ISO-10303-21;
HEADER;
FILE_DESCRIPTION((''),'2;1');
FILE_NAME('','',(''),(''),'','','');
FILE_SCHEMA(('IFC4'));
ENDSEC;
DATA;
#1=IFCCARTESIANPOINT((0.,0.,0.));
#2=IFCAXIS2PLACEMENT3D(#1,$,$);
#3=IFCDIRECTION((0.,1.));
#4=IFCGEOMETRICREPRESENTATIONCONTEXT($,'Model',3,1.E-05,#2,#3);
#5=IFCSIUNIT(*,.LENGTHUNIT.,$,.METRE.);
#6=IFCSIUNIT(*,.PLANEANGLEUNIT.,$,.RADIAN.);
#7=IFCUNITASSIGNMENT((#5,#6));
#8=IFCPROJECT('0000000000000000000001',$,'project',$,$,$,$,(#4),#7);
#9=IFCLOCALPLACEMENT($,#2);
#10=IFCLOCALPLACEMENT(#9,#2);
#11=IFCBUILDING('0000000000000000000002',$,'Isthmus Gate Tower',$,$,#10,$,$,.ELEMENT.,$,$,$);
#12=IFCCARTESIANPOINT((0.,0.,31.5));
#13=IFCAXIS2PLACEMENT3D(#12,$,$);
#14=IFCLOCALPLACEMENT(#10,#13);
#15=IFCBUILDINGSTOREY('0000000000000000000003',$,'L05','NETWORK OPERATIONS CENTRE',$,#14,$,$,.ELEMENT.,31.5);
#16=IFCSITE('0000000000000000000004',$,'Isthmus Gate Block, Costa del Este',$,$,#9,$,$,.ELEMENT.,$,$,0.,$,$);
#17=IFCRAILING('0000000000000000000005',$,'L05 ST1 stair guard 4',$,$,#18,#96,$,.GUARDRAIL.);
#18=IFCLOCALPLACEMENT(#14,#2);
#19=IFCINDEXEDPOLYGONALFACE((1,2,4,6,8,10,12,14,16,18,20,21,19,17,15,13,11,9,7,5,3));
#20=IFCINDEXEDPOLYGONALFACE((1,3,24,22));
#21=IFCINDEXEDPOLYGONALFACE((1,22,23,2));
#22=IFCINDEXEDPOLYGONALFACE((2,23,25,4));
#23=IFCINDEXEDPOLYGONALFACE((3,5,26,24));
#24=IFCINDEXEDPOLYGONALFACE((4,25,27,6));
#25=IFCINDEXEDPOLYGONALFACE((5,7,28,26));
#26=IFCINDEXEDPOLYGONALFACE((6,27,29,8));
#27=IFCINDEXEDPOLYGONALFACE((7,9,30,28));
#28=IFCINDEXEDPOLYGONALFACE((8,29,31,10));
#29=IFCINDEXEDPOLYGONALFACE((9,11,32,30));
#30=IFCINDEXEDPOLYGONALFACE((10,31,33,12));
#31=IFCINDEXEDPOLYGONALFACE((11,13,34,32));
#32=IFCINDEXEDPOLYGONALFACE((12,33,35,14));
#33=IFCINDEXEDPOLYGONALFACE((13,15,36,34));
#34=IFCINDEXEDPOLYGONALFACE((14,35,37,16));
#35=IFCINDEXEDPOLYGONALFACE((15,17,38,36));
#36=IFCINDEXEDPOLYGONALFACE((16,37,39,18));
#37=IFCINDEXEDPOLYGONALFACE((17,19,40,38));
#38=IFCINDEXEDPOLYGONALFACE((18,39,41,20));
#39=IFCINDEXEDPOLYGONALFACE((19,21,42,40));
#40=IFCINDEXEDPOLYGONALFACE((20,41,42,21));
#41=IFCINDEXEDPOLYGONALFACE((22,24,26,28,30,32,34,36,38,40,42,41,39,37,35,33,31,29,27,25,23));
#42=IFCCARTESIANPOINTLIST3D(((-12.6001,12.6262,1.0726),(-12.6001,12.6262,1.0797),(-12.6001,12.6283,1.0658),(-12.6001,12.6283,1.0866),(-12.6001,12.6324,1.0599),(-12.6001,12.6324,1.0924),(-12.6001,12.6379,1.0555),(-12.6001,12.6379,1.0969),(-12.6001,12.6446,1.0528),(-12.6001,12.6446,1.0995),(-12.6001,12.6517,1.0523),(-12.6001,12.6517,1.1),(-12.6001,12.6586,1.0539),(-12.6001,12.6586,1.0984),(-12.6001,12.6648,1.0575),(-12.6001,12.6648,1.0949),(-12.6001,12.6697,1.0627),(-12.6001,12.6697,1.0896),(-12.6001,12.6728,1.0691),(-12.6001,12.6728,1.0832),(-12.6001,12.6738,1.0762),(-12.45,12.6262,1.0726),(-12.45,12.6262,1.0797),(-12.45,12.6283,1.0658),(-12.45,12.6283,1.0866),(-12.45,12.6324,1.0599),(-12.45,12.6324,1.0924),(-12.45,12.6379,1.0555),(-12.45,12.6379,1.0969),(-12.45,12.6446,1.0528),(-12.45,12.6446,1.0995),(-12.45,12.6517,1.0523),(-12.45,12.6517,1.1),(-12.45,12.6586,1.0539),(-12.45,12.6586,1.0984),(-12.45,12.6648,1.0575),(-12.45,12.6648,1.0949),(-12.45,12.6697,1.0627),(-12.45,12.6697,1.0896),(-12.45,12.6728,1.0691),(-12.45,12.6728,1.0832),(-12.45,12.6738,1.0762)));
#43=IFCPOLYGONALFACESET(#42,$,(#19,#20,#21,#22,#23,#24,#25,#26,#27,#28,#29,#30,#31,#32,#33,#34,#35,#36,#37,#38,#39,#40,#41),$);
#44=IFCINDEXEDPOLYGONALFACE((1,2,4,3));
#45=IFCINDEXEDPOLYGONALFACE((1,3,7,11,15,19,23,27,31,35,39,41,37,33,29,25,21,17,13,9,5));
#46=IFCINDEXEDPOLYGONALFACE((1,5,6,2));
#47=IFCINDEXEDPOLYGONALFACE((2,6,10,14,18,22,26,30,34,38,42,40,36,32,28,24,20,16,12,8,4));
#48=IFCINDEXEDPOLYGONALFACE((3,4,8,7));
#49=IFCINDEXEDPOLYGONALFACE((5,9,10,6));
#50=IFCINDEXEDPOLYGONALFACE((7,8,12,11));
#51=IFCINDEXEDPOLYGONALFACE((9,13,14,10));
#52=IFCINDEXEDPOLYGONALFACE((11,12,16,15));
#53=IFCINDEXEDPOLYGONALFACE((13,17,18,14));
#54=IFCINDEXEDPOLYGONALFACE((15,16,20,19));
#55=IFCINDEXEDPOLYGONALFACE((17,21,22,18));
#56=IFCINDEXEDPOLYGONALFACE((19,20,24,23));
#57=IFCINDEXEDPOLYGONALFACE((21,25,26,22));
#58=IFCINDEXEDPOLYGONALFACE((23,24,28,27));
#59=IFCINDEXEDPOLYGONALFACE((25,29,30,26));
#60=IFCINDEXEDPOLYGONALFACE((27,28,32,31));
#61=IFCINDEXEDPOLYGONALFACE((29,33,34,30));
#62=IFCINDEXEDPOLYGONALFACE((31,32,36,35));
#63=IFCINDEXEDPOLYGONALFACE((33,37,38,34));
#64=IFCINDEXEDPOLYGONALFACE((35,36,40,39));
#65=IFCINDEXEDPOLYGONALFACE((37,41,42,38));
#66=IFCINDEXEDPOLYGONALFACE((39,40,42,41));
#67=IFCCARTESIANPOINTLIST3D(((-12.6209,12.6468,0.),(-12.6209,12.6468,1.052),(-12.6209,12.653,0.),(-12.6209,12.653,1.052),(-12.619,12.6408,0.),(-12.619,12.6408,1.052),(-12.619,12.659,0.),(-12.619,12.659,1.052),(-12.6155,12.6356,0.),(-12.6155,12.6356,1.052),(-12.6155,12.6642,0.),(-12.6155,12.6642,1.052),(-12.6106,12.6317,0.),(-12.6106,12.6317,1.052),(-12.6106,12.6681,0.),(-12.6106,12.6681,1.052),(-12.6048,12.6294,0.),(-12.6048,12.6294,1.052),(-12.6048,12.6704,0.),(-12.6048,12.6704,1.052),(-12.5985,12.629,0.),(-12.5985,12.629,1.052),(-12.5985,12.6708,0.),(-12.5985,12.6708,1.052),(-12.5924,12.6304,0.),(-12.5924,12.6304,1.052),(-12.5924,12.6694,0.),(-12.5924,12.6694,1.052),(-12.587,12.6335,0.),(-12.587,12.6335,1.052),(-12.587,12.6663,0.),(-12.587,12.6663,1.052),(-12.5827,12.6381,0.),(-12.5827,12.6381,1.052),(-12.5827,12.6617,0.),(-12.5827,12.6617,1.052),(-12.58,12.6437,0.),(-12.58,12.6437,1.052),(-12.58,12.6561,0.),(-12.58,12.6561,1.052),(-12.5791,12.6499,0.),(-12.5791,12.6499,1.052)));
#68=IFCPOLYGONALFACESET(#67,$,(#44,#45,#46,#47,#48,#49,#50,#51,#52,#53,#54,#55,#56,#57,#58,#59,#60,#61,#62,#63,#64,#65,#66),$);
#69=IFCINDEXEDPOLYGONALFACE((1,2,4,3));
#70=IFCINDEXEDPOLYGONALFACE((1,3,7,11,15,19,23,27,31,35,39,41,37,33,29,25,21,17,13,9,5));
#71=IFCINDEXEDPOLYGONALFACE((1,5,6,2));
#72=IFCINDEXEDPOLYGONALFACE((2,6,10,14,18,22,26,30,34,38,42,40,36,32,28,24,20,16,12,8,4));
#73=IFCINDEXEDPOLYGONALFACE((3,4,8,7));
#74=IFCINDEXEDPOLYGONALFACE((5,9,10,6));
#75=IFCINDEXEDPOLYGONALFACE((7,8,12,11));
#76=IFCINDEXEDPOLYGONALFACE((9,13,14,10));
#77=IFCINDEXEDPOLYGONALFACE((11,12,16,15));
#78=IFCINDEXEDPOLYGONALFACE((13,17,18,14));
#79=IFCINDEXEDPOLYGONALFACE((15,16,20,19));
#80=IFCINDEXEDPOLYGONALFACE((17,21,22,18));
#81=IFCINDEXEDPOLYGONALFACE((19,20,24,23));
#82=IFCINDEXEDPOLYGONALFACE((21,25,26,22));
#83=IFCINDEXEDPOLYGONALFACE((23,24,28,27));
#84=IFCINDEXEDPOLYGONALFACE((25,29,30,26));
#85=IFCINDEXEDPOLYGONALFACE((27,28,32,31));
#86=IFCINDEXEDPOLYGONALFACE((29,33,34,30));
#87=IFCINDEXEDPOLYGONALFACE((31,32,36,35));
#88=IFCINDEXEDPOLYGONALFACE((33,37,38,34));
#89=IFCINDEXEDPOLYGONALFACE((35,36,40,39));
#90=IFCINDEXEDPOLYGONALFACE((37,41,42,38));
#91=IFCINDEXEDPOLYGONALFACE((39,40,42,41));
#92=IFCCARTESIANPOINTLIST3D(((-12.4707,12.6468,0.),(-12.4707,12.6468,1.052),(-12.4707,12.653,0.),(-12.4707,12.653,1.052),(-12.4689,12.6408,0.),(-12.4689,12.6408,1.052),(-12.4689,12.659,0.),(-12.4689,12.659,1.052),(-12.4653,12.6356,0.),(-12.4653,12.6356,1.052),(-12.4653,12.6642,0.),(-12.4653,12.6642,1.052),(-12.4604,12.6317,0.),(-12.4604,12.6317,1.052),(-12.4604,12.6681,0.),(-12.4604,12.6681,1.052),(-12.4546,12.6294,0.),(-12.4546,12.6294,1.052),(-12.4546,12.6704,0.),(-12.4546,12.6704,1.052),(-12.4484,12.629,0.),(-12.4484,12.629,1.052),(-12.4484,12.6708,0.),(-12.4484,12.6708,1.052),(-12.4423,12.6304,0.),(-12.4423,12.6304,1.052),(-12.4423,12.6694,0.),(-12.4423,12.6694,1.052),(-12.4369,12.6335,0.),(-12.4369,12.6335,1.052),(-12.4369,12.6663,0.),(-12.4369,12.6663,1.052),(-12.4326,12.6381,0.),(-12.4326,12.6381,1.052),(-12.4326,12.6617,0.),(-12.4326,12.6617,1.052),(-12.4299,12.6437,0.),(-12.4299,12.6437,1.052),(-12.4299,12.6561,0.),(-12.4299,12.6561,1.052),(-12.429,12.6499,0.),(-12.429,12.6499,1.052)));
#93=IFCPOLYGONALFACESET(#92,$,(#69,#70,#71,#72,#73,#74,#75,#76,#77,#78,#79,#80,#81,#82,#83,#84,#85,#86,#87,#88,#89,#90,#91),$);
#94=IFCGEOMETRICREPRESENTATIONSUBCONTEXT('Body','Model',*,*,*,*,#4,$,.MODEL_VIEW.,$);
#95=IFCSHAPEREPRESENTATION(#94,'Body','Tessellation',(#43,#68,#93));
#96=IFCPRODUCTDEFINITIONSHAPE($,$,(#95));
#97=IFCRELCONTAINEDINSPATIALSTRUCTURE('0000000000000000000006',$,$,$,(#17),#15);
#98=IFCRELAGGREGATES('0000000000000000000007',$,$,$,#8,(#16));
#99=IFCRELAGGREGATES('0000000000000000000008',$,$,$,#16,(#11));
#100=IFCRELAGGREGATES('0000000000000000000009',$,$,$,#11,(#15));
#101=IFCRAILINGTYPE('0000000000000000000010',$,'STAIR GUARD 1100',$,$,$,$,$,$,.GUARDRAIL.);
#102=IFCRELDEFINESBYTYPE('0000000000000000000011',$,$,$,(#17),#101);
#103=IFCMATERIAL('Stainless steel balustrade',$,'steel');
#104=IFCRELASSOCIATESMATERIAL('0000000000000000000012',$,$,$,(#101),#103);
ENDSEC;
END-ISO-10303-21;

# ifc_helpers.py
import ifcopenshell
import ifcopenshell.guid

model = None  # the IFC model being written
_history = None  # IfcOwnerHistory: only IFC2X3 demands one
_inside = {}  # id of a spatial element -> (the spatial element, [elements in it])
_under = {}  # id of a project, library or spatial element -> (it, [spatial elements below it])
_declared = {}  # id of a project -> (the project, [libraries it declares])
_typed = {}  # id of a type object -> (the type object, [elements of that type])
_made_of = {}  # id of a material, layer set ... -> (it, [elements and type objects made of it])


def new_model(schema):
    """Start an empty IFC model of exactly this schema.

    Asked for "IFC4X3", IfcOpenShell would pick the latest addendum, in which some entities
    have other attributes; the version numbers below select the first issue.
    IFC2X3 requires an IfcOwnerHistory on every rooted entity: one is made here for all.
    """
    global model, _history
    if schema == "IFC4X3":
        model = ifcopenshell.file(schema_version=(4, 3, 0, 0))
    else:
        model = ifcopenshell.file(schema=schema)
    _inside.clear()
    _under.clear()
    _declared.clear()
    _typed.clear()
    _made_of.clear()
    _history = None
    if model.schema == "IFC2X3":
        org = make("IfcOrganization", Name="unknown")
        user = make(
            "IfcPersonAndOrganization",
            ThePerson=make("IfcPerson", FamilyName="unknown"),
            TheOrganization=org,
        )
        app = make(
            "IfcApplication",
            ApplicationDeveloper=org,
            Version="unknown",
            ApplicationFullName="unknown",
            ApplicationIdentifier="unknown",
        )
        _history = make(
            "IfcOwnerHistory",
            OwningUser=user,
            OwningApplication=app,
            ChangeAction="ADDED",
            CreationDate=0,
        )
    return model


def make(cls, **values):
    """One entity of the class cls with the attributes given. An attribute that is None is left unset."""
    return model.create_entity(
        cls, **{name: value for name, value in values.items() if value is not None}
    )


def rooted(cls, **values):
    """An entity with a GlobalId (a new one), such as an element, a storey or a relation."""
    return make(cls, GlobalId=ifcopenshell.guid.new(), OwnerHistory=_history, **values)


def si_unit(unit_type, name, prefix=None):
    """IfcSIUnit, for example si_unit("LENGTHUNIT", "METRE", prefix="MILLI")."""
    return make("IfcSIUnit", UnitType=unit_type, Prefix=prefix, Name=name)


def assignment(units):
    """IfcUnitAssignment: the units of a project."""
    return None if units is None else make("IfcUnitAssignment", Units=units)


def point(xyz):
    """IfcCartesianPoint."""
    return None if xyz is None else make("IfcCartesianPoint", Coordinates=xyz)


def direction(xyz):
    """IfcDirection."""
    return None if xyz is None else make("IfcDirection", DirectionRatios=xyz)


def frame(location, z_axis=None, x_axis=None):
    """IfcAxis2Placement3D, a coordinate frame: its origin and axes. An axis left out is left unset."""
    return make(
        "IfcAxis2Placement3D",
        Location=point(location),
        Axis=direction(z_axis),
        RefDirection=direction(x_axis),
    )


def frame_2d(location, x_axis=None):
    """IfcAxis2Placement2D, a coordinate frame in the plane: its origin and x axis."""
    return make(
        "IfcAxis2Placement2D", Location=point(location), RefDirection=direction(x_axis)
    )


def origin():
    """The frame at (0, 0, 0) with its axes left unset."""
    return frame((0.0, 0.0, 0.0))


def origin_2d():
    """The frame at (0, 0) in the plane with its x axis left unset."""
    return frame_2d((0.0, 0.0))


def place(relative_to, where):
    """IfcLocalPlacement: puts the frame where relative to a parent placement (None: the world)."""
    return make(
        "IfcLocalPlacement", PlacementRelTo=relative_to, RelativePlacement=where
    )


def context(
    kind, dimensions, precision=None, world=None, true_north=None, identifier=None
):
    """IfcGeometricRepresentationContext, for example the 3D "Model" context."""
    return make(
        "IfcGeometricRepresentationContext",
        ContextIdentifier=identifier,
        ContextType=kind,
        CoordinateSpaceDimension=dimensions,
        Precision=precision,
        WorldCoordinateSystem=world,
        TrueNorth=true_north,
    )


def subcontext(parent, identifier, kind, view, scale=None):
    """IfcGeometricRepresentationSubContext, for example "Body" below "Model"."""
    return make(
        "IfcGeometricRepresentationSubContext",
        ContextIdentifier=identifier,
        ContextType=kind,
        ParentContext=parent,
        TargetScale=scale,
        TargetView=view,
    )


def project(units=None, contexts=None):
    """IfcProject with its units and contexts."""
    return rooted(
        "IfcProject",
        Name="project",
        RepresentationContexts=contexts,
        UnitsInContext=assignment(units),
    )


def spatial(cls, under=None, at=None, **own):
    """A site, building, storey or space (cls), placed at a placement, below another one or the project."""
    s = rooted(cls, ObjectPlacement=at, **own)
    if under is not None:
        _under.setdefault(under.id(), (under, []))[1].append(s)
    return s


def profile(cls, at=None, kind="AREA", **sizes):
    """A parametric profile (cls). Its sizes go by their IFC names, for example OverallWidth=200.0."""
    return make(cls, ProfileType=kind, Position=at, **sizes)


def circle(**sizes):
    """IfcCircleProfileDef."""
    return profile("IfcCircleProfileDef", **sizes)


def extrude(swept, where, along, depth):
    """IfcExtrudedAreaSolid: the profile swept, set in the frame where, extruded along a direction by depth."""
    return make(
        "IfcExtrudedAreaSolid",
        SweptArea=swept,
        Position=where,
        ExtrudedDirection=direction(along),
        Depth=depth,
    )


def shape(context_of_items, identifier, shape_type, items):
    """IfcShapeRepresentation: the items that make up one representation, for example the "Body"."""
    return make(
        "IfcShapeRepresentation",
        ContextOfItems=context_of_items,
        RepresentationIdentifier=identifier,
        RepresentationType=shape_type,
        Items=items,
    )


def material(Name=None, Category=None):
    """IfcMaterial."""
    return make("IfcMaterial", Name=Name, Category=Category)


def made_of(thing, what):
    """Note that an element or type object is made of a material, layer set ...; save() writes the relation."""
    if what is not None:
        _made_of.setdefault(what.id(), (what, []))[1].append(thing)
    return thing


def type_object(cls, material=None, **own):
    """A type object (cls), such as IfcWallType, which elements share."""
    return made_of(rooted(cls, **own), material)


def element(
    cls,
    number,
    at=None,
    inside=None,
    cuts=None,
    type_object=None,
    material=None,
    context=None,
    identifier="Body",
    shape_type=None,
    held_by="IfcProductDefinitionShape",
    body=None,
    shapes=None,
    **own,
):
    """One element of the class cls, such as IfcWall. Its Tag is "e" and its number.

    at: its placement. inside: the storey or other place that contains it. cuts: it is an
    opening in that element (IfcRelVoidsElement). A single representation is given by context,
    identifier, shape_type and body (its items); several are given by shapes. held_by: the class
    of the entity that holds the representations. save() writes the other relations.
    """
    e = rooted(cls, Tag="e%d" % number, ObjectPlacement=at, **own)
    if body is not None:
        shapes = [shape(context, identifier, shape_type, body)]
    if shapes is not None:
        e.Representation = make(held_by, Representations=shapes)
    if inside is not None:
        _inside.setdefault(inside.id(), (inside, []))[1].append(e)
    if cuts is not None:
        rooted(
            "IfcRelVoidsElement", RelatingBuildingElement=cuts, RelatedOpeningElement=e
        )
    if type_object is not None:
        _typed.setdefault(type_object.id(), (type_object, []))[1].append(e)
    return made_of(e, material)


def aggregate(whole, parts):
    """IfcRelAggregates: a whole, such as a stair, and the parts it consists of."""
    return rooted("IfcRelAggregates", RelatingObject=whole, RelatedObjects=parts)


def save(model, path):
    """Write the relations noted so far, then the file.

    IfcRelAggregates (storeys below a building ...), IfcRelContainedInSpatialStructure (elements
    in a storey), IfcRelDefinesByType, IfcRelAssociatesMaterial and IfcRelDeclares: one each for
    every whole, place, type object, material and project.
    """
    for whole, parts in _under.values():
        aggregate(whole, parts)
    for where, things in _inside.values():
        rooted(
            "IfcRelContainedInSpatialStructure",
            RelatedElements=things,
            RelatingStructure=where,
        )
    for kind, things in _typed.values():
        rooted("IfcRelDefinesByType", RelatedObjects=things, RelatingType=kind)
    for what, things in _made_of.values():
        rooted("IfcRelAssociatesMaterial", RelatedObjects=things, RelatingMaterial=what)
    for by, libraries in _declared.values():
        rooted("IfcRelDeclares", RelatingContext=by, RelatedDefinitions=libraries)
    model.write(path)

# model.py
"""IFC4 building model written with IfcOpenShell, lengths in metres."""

from ifc_helpers import new_model, si_unit, direction, frame, origin, origin_2d, place, context, subcontext, project, spatial, circle, extrude, material, type_object, element, save


model = new_model("IFC4")

# Units and contexts
model_context = context("Model", 3, precision=1e-05, world=origin(), true_north=direction((0.0, 1.0)))
body_context = subcontext(model_context, "Body", "Model", "MODEL_VIEW")
ifc_project = project(units=[si_unit("LENGTHUNIT", "METRE"), si_unit("PLANEANGLEUNIT", "RADIAN")], contexts=[model_context])

# Site, building, storey
site_placement = place(None, origin())
site = spatial("IfcSite", under=ifc_project, at=site_placement, Name="Isthmus Gate Block, Costa del Este", CompositionType="ELEMENT", RefElevation=0.0)
building_placement = place(site_placement, origin())
building = spatial("IfcBuilding", under=site, at=building_placement, Name="Isthmus Gate Tower", CompositionType="ELEMENT")
storey_placement = place(building_placement, frame((0.0, 0.0, 31.5)))
storey = spatial("IfcBuildingStorey", under=building, at=storey_placement, Name="L05", Description="NETWORK OPERATIONS CENTRE", CompositionType="ELEMENT", Elevation=31.5)

# Railing
ifc_material_1 = material(Name="Stainless steel balustrade", Category="steel")
railing_type_1 = type_object("IfcRailingType", Name="STAIR GUARD 1100", PredefinedType="GUARDRAIL", material=ifc_material_1)
railing_1_placement = place(storey_placement, frame((-12.6001, 12.6499, 0.0)))
element("IfcRailing", 1, at=railing_1_placement, inside=storey, type_object=railing_type_1, Name="L05 ST1 stair guard 4", PredefinedType="GUARDRAIL", context=body_context, shape_type="SweptSolid", body=[
    extrude(circle(Radius=0.0239, at=origin_2d()), frame((0.0, 0.0, 1.0762), z_axis=(1.0, 0.0, 0.0), x_axis=(0.0, 1.0, 0.0)), (0.0, 0.0, 1.0), 0.1501),
    extrude(circle(Radius=0.021, at=origin_2d()), origin(), (0.0, 0.0, 1.0), 1.052),
    extrude(circle(Radius=0.021, at=origin_2d()), frame((0.1501, 0.0, 0.0)), (0.0, 0.0, 1.0), 1.052),
])

save(model, "model.ifc")
